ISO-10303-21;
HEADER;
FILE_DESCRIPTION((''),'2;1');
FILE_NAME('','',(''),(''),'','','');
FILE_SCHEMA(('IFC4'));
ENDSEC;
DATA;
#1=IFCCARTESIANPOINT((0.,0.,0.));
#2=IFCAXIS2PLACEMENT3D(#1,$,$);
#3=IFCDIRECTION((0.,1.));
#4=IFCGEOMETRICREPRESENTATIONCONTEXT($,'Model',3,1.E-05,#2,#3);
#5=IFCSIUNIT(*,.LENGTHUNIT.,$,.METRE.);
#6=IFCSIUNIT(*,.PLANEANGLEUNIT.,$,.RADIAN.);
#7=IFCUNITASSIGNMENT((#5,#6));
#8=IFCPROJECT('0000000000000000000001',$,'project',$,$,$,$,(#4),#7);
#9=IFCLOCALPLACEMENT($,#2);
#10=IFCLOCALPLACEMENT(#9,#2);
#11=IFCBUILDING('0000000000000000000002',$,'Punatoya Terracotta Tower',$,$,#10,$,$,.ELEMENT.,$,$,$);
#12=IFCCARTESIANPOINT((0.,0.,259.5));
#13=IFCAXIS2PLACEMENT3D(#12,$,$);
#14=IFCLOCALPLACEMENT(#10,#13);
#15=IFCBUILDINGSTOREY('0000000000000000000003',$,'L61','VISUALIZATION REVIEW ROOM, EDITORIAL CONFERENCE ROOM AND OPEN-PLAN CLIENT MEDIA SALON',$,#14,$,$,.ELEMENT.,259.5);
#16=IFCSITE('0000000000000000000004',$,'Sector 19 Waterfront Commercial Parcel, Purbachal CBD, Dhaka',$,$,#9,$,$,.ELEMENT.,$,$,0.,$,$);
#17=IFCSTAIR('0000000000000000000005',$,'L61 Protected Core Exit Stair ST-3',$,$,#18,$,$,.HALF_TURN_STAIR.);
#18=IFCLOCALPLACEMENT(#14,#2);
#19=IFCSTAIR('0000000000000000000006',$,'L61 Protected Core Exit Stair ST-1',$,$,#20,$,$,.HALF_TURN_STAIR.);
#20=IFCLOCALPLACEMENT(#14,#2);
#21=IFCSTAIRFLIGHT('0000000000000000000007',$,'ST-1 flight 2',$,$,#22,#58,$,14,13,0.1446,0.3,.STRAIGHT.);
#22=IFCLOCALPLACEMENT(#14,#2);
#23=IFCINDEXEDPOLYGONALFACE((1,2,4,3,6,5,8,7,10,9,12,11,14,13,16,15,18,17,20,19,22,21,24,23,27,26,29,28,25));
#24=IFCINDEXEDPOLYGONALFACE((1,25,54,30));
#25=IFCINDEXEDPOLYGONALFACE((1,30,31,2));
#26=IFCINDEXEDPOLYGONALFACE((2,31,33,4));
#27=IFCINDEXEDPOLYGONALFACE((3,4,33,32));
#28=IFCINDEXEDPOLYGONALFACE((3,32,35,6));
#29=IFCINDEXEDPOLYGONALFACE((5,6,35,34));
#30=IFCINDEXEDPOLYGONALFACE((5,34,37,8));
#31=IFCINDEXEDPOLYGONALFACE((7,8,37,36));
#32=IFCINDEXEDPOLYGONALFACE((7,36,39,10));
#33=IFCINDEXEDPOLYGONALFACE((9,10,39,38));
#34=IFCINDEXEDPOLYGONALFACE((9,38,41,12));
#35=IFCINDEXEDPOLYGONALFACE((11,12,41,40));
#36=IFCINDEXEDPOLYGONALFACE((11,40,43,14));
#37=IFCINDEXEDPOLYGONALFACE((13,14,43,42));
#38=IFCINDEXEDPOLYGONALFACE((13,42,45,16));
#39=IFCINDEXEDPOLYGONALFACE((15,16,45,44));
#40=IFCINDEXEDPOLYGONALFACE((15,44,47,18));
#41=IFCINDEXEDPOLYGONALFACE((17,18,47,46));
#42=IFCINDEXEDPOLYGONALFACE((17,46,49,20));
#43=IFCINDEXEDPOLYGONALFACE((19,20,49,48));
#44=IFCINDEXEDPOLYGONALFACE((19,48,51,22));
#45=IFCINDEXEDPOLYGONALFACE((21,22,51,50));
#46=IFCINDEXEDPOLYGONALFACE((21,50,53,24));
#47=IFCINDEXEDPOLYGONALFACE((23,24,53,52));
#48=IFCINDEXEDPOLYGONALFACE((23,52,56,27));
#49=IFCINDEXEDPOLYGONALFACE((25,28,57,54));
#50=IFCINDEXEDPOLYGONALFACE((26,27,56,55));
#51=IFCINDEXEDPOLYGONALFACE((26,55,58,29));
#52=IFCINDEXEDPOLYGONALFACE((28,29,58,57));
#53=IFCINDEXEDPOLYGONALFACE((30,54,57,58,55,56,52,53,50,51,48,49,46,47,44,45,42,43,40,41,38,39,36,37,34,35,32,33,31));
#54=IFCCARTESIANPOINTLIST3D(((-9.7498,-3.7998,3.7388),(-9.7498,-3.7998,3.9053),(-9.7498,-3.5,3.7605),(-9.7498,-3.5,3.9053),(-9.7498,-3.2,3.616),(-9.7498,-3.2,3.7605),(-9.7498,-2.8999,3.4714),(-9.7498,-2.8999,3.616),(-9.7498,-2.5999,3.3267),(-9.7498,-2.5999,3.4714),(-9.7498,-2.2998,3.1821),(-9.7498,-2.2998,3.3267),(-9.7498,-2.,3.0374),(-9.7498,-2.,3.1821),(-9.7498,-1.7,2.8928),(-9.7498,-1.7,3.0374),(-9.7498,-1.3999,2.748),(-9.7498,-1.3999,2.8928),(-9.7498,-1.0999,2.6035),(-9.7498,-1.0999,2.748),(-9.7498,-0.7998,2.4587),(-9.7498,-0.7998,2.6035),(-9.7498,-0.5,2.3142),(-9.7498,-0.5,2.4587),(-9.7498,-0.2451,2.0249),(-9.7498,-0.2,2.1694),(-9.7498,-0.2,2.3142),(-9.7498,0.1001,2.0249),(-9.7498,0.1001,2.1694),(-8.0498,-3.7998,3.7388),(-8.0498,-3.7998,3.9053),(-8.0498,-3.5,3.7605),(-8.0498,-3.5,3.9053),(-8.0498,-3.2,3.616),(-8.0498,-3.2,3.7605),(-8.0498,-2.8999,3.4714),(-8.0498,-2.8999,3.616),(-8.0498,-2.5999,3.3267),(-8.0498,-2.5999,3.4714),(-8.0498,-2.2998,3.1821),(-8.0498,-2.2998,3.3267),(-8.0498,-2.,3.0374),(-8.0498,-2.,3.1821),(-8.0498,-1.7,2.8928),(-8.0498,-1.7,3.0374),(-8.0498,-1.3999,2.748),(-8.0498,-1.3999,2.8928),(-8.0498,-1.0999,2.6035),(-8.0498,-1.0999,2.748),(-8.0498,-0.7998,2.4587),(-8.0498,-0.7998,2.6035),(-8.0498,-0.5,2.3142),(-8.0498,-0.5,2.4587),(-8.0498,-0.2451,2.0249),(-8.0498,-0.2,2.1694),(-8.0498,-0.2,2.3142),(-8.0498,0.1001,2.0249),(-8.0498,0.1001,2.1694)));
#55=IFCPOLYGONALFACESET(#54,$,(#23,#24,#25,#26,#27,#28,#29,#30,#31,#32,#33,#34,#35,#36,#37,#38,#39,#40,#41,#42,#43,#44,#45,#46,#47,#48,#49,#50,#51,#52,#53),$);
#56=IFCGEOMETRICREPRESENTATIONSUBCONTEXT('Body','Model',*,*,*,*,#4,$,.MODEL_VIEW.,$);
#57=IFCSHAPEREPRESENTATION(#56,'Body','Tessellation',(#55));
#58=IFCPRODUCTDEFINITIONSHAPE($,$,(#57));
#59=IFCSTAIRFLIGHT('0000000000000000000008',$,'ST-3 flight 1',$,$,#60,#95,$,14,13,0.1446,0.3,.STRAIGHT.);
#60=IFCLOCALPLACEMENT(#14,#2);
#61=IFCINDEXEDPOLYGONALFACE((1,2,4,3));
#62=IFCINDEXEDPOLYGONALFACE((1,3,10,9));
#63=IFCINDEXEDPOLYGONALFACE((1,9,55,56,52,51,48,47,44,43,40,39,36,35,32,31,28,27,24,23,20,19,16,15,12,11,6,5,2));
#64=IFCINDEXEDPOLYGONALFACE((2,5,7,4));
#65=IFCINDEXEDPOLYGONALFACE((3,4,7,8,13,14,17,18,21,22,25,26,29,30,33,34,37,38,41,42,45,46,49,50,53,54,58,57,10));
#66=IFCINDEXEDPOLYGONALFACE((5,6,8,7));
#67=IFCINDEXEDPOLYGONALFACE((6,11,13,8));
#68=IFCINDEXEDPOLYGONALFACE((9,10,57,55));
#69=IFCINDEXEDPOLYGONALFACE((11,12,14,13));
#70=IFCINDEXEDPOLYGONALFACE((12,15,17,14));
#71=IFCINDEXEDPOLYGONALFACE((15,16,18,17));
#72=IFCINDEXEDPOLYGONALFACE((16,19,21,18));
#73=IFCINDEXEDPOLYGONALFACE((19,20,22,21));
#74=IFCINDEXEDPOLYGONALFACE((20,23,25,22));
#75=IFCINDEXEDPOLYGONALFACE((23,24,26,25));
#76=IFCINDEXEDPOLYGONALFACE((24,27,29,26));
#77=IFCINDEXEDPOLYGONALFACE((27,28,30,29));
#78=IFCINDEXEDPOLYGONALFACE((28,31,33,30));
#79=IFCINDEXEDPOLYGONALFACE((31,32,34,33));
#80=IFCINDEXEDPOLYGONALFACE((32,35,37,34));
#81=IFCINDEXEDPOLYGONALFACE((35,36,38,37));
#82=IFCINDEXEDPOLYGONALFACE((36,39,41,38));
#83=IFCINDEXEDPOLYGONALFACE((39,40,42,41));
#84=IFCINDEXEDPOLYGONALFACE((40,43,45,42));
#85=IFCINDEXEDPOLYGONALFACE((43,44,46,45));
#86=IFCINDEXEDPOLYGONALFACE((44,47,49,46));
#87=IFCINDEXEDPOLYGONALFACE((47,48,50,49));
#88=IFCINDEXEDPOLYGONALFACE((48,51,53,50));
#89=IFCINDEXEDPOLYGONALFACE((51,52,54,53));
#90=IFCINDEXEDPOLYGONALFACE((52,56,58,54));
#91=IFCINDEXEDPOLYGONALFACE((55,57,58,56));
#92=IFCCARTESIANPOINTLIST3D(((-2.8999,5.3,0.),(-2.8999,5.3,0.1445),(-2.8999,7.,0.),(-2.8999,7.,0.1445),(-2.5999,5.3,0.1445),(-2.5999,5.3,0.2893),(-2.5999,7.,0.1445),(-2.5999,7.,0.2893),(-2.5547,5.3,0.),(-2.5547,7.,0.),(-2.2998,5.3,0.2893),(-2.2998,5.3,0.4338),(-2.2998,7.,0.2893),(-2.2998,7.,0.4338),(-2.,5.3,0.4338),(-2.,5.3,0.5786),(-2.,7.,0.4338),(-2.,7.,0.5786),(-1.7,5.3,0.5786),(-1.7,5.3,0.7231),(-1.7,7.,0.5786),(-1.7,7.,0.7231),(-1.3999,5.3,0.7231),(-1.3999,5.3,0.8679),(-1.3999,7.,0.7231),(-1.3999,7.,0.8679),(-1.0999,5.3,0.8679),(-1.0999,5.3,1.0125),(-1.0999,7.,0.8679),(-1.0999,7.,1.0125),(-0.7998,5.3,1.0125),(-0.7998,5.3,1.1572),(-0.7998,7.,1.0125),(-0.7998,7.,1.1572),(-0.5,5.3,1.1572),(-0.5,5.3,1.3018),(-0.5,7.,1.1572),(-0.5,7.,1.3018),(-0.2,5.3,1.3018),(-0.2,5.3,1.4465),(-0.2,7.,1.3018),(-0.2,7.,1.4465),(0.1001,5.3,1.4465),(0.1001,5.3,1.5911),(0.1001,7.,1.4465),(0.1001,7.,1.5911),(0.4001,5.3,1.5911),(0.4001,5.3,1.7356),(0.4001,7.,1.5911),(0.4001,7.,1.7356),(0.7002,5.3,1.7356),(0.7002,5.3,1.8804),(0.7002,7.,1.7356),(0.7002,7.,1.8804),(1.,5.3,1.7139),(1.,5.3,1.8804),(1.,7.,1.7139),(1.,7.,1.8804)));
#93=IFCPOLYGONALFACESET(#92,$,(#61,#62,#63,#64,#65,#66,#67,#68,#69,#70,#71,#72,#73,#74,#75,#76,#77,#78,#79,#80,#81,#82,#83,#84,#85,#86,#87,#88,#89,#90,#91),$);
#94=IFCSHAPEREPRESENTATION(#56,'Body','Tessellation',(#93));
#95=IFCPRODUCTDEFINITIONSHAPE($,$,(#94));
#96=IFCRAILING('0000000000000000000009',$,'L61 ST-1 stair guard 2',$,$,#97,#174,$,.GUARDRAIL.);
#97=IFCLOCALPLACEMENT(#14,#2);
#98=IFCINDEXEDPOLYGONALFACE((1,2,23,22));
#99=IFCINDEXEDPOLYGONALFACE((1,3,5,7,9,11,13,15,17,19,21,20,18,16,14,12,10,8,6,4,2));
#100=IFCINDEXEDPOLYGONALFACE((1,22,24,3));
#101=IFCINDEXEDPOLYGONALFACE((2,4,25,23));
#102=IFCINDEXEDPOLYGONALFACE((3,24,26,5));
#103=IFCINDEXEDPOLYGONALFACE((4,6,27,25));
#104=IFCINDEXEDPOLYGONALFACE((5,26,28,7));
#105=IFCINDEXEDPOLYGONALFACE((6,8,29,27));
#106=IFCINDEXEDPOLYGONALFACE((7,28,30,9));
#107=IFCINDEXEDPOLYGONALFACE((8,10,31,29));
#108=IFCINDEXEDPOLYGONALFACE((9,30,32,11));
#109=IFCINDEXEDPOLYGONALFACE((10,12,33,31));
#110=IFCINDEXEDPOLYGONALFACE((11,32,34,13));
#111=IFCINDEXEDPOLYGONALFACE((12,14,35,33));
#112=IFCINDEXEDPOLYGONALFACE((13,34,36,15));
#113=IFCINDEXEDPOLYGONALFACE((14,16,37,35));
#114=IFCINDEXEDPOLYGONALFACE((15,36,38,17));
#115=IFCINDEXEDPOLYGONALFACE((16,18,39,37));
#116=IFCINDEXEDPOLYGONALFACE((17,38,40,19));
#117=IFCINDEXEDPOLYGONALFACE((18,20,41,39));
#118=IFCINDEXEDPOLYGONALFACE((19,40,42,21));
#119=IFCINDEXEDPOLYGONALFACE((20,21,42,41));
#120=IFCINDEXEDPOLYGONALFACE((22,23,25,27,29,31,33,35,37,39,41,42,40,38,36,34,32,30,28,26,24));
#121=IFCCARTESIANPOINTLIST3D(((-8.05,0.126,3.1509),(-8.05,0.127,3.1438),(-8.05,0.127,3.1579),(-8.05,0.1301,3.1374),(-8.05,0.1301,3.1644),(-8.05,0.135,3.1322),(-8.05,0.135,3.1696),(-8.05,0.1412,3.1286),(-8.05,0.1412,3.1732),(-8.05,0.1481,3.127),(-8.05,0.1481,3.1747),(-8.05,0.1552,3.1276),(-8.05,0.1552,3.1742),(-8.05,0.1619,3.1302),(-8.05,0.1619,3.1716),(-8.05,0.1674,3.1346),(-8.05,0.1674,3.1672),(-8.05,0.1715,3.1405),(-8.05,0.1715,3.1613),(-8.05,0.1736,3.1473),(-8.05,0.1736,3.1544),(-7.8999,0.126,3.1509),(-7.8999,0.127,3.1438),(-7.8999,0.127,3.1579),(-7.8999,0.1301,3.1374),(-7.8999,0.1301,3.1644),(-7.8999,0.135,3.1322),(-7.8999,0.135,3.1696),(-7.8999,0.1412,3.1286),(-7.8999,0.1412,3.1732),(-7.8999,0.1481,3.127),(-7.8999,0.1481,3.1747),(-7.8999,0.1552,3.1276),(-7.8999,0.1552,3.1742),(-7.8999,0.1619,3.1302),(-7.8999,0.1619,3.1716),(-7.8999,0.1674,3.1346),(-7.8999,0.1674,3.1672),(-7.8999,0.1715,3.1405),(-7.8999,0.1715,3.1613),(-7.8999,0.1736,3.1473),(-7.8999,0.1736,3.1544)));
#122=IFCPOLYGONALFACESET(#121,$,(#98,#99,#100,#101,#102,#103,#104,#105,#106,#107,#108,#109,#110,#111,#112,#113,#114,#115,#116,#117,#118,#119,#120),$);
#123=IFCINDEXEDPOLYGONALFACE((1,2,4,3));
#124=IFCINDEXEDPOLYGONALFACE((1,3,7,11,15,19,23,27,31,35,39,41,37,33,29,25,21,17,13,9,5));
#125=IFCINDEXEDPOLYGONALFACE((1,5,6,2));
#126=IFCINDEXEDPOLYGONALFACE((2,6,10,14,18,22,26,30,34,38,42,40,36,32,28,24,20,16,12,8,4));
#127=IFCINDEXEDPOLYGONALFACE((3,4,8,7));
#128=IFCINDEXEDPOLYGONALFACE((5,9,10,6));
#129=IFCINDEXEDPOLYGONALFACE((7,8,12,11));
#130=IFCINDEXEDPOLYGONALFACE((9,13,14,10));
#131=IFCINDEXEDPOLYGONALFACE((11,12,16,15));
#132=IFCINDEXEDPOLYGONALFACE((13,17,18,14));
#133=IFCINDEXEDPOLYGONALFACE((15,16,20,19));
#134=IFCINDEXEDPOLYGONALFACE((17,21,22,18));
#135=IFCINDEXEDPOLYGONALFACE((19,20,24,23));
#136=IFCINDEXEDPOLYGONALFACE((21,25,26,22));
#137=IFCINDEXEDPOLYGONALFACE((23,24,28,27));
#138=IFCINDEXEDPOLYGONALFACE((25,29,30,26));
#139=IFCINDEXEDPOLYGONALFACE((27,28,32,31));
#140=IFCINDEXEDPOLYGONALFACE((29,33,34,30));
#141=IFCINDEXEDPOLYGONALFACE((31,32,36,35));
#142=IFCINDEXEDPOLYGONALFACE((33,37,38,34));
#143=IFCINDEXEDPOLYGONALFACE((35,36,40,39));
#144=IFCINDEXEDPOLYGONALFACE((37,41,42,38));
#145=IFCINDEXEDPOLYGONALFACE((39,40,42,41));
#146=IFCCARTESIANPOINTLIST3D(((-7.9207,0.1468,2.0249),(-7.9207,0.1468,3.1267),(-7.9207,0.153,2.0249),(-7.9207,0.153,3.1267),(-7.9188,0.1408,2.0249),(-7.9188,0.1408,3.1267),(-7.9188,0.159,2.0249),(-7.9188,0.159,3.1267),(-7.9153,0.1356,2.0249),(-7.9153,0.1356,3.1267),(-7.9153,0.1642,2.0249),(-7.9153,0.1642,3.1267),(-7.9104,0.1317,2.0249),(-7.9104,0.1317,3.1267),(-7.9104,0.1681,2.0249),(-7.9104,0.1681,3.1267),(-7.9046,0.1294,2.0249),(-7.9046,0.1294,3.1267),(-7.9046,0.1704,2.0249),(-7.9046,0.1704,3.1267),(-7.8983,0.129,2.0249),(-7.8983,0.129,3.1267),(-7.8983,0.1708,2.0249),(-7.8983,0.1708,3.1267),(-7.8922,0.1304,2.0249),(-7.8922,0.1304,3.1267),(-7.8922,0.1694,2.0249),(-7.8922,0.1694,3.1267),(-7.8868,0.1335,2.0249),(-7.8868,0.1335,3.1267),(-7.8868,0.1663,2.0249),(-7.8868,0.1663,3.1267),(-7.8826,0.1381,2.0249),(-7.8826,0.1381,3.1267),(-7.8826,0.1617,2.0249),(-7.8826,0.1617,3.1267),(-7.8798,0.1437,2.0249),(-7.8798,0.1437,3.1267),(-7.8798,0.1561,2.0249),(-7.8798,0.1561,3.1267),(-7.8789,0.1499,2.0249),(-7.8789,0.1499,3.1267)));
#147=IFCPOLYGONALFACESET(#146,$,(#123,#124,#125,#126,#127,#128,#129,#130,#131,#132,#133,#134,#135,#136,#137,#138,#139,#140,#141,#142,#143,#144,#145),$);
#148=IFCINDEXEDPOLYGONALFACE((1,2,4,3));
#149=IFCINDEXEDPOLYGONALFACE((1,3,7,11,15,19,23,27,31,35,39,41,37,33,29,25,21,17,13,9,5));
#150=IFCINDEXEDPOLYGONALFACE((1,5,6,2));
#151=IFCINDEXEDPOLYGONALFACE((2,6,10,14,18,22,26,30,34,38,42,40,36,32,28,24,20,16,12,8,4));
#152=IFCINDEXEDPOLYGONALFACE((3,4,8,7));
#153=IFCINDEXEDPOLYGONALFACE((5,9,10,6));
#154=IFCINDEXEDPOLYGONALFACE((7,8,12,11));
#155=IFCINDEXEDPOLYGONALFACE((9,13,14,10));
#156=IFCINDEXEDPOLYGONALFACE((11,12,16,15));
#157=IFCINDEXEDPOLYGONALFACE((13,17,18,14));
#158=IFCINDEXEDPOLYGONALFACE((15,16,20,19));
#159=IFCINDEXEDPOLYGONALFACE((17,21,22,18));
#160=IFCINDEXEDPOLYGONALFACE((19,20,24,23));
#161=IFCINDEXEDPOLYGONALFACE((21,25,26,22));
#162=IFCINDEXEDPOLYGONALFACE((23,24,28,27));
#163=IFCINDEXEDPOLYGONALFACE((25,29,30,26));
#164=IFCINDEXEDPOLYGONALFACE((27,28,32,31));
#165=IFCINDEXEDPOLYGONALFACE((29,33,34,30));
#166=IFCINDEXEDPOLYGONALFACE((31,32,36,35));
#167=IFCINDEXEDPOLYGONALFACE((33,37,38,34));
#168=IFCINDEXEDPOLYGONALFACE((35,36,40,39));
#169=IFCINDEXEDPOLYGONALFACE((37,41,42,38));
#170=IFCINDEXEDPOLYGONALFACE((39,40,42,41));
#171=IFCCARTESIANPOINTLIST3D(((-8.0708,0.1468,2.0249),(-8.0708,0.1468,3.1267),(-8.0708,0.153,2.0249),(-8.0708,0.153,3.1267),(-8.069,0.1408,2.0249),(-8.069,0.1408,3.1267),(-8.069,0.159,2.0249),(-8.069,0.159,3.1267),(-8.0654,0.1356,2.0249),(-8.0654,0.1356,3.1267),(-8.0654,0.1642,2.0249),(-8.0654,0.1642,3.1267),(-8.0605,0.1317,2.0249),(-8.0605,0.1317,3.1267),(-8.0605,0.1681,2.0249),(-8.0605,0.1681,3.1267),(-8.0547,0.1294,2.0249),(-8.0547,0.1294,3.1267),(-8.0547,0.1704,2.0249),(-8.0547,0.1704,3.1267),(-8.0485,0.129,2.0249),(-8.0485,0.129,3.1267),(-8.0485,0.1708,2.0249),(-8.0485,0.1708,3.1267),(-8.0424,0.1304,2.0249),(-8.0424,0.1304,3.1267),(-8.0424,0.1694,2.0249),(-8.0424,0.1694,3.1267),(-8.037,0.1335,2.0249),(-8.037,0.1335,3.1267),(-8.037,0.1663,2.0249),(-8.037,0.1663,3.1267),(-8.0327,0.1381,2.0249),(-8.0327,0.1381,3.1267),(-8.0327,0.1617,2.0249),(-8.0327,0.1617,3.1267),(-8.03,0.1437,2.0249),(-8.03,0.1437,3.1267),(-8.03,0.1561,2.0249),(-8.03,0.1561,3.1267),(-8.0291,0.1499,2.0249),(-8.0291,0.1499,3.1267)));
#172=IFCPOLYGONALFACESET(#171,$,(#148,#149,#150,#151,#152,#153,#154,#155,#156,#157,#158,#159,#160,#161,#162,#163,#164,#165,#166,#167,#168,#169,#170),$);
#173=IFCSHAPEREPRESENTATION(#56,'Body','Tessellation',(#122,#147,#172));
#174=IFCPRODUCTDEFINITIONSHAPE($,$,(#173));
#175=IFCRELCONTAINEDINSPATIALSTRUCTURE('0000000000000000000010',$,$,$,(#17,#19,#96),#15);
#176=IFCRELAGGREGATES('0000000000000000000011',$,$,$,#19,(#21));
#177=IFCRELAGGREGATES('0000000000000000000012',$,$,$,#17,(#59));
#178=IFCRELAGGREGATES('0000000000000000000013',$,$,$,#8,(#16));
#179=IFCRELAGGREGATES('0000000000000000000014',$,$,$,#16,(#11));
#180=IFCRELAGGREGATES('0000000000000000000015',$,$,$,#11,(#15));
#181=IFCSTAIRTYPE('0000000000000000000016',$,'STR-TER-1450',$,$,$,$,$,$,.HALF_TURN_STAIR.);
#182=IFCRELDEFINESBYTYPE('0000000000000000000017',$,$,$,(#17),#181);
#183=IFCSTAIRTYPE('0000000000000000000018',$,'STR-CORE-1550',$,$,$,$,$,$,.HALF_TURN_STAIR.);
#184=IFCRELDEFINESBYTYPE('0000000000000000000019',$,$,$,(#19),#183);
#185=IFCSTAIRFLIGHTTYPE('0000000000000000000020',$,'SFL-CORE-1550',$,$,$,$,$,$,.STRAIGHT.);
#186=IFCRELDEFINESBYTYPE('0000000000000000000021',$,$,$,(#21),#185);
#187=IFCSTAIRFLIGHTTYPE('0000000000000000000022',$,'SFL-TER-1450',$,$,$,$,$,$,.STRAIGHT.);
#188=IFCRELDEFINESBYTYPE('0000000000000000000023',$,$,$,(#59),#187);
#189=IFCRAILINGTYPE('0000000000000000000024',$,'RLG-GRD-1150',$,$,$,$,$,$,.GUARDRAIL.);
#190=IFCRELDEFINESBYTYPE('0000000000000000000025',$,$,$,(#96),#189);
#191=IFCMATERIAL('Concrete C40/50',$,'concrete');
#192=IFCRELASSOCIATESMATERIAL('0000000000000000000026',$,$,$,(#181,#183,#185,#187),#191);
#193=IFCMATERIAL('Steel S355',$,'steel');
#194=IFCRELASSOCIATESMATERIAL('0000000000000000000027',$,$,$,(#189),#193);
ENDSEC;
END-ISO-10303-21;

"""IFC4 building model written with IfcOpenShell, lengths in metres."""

from ifc_helpers import new_model, si_unit, direction, frame, origin, origin_2d, place, context, subcontext, project, spatial, polyline, circle, outline, extrude, material, type_object, element, aggregate, save


model = new_model("IFC4")

# Units and contexts
model_context = context("Model", 3, precision=1e-05, world=origin(), true_north=direction((0.0, 1.0)))
body_context = subcontext(model_context, "Body", "Model", "MODEL_VIEW")
ifc_project = project(units=[si_unit("LENGTHUNIT", "METRE"), si_unit("PLANEANGLEUNIT", "RADIAN")], contexts=[model_context])

# Site, building, storey
site_placement = place(None, origin())
site = spatial("IfcSite", under=ifc_project, at=site_placement, Name="Sector 19 Waterfront Commercial Parcel, Purbachal CBD, Dhaka", CompositionType="ELEMENT", RefElevation=0.0)
building_placement = place(site_placement, origin())
building = spatial("IfcBuilding", under=site, at=building_placement, Name="Punatoya Terracotta Tower", CompositionType="ELEMENT")
storey_placement = place(building_placement, frame((0.0, 0.0, 259.5)))
storey = spatial("IfcBuildingStorey", under=building, at=storey_placement, Name="L61", Description="VISUALIZATION REVIEW ROOM, EDITORIAL CONFERENCE ROOM AND OPEN-PLAN CLIENT MEDIA SALON", CompositionType="ELEMENT", Elevation=259.5)

# Shared definitions
ifc_material_1 = material(Name="Steel S355", Category="steel")

# Stairs
ifc_material_2 = material(Name="Concrete C40/50", Category="concrete")
stair_type_1 = type_object("IfcStairType", Name="STR-TER-1450", PredefinedType="HALF_TURN_STAIR", material=ifc_material_2)
stair_1_placement = place(storey_placement, origin())
stair_1 = element("IfcStair", 1, at=stair_1_placement, inside=storey, type_object=stair_type_1, Name="L61 Protected Core Exit Stair ST-3", PredefinedType="HALF_TURN_STAIR")
stair_type_2 = type_object("IfcStairType", Name="STR-CORE-1550", PredefinedType="HALF_TURN_STAIR", material=ifc_material_2)
stair_2_placement = place(storey_placement, origin())
stair_2 = element("IfcStair", 2, at=stair_2_placement, inside=storey, type_object=stair_type_2, Name="L61 Protected Core Exit Stair ST-1", PredefinedType="HALF_TURN_STAIR")

# Stair flights
stair_flight_type_1 = type_object("IfcStairFlightType", Name="SFL-CORE-1550", PredefinedType="STRAIGHT", material=ifc_material_2)
stair_flight_1_placement = place(storey_placement, frame((-8.8999, 0.1001, 2.0249), z_axis=(0.0, 0.0, 1.0), x_axis=(0.0, -1.0, 0.0)))
stair_flight_1 = element("IfcStairFlight", 3, at=stair_flight_1_placement, type_object=stair_flight_type_1, Name="ST-1 flight 2", NumberOfRisers=14, NumberOfTreads=13, PredefinedType="STRAIGHT", RiserHeight=0.1446, TreadLength=0.3, context=body_context, shape_type="SweptSolid", body=[
    extrude(outline(polyline([(0.0, 0.0), (0.0, 0.1445), (0.3, 0.1445), (0.3, 0.2893), (0.6001, 0.2893), (0.6001, 0.4338), (0.8999, 0.4338), (0.8999, 0.5786), (1.2, 0.5786), (1.2, 0.7231), (1.5, 0.7231), (1.5, 0.8679), (1.8, 0.8679), (1.8, 1.0125), (2.1001, 1.0125), (2.1001, 1.1572), (2.3999, 1.1572), (2.3999, 1.3018), (2.7, 1.3018), (2.7, 1.4465), (3.0, 1.4465), (3.0, 1.5911), (3.3, 1.5911), (3.3, 1.7356), (3.6001, 1.7356), (3.6001, 1.8804), (3.8999, 1.8804), (3.8999, 2.0249), (3.8999, 1.7139), (0.3452, 0.0), (0.0, 0.0)])), frame((0.0, 0.8501, 0.0), z_axis=(0.0, -1.0, 0.0), x_axis=(1.0, 0.0, 0.0)), (0.0, 0.0, 1.0), 1.7),
])
aggregate(stair_2, [stair_flight_1])
stair_flight_type_2 = type_object("IfcStairFlightType", Name="SFL-TER-1450", PredefinedType="STRAIGHT", material=ifc_material_2)
stair_flight_2_placement = place(storey_placement, frame((-2.8999, 6.1499, 0.0), z_axis=(0.0, 0.0, 1.0), x_axis=(1.0, 0.0, 0.0)))
stair_flight_2 = element("IfcStairFlight", 4, at=stair_flight_2_placement, type_object=stair_flight_type_2, Name="ST-3 flight 1", NumberOfRisers=14, NumberOfTreads=13, PredefinedType="STRAIGHT", RiserHeight=0.1446, TreadLength=0.3, context=body_context, shape_type="SweptSolid", body=[
    extrude(outline(polyline([(0.0, 0.0), (0.0, 0.1445), (0.3, 0.1445), (0.3, 0.2893), (0.6001, 0.2893), (0.6001, 0.4338), (0.8999, 0.4338), (0.8999, 0.5786), (1.2, 0.5786), (1.2, 0.7231), (1.5, 0.7231), (1.5, 0.8679), (1.8, 0.8679), (1.8, 1.0125), (2.1001, 1.0125), (2.1001, 1.1572), (2.3999, 1.1572), (2.3999, 1.3018), (2.7, 1.3018), (2.7, 1.4465), (3.0, 1.4465), (3.0, 1.5911), (3.3, 1.5911), (3.3, 1.7356), (3.6001, 1.7356), (3.6001, 1.8804), (3.8999, 1.8804), (3.8999, 2.0249), (3.8999, 1.7139), (0.3452, 0.0), (0.0, 0.0)])), frame((0.0, 0.8501, 0.0), z_axis=(0.0, -1.0, 0.0), x_axis=(1.0, 0.0, 0.0)), (0.0, 0.0, 1.0), 1.7),
])
aggregate(stair_1, [stair_flight_2])

# Railing
railing_type_1 = type_object("IfcRailingType", Name="RLG-GRD-1150", PredefinedType="GUARDRAIL", material=ifc_material_1)
railing_1_placement = place(storey_placement, frame((-7.8999, 0.1499, 2.0249)))
element("IfcRailing", 5, at=railing_1_placement, inside=storey, type_object=railing_type_1, Name="L61 ST-1 stair guard 2", PredefinedType="GUARDRAIL", context=body_context, shape_type="SweptSolid", body=[
    extrude(circle(Radius=0.0239, at=origin_2d()), frame((0.0, 0.0, 1.126), z_axis=(-1.0, 0.0, 0.0), x_axis=(0.0, -1.0, 0.0)), (0.0, 0.0, 1.0), 0.1501),
    extrude(circle(Radius=0.021, at=origin_2d()), origin(), (0.0, 0.0, 1.0), 1.1018),
    extrude(circle(Radius=0.021, at=origin_2d()), frame((-0.1501, 0.0, 0.0)), (0.0, 0.0, 1.0), 1.1018),
])

save(model, "model.ifc")
